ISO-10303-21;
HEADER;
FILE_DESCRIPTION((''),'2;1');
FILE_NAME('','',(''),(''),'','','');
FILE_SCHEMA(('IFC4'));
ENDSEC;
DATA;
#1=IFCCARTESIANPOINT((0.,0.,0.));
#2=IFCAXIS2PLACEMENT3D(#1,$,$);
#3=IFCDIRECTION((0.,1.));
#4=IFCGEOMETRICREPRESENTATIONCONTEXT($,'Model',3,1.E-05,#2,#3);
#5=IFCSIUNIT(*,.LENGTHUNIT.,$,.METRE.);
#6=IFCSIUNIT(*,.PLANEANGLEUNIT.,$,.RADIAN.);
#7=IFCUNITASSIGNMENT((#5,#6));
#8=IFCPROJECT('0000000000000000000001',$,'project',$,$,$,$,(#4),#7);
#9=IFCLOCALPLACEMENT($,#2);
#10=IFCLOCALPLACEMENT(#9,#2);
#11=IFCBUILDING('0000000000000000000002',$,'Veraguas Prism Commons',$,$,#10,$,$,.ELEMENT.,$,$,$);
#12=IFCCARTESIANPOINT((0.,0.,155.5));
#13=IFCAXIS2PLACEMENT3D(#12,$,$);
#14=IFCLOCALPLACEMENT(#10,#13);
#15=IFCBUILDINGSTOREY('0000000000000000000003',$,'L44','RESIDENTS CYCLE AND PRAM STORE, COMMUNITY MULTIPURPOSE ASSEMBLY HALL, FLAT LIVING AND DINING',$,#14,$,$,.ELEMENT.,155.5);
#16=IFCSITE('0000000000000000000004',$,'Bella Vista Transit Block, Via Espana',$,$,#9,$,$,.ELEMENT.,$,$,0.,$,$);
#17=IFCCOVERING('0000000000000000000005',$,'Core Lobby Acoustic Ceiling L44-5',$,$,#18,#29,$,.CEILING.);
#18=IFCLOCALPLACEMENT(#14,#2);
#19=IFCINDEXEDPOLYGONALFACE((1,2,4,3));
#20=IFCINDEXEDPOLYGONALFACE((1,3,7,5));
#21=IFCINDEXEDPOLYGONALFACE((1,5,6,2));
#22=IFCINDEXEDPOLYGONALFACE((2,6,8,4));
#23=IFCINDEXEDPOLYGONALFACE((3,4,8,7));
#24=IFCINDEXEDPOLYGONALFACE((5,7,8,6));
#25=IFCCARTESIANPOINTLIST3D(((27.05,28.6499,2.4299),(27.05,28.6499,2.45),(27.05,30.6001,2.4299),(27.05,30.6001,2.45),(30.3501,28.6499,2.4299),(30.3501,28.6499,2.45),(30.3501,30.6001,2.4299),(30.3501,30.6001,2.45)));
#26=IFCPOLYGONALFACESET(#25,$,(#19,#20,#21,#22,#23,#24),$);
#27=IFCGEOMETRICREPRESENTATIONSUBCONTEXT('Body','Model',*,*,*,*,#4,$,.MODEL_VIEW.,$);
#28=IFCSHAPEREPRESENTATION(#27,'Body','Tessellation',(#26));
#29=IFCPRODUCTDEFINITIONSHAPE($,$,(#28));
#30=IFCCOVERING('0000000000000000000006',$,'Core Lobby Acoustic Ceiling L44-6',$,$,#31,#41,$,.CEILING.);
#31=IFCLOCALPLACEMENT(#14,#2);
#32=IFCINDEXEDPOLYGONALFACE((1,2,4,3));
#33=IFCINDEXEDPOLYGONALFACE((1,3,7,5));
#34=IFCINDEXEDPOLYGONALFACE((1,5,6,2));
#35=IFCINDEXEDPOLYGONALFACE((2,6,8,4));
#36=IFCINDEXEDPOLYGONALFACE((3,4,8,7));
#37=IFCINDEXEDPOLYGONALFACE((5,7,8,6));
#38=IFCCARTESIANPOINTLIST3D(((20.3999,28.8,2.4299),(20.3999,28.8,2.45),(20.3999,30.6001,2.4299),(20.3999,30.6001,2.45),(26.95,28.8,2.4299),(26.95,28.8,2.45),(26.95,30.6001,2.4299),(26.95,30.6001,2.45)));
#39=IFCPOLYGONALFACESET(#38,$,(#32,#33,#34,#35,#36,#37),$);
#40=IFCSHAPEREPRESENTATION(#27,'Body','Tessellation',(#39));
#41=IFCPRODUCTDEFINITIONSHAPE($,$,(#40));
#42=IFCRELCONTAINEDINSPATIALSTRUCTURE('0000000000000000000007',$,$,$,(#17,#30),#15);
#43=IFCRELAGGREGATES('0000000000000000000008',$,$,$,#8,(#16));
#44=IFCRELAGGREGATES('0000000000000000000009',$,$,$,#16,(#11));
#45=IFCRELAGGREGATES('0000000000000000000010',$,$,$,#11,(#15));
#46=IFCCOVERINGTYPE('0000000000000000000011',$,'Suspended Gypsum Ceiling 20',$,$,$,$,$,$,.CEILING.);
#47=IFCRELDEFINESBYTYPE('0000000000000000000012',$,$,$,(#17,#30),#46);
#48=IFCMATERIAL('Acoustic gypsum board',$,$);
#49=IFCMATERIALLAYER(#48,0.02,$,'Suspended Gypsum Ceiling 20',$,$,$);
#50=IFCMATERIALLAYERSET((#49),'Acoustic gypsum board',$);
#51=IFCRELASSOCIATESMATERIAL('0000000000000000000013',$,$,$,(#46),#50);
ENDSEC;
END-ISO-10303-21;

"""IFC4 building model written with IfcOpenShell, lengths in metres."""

from ifc_helpers import new_model, si_unit, direction, frame, origin, place, context, subcontext, project, spatial, polyline, outline, extrude, material, layer, layer_set, type_object, element, save


model = new_model("IFC4")

# Units and contexts
model_context = context("Model", 3, precision=1e-05, world=origin(), true_north=direction((0.0, 1.0)))
body_context = subcontext(model_context, "Body", "Model", "MODEL_VIEW")
ifc_project = project(units=[si_unit("LENGTHUNIT", "METRE"), si_unit("PLANEANGLEUNIT", "RADIAN")], contexts=[model_context])

# Site, building, storey
site_placement = place(None, origin())
site = spatial("IfcSite", under=ifc_project, at=site_placement, Name="Bella Vista Transit Block, Via Espana", CompositionType="ELEMENT", RefElevation=0.0)
building_placement = place(site_placement, origin())
building = spatial("IfcBuilding", under=site, at=building_placement, Name="Veraguas Prism Commons", CompositionType="ELEMENT")
storey_placement = place(building_placement, frame((0.0, 0.0, 155.5)))
storey = spatial("IfcBuildingStorey", under=building, at=storey_placement, Name="L44", Description="RESIDENTS CYCLE AND PRAM STORE, COMMUNITY MULTIPURPOSE ASSEMBLY HALL, FLAT LIVING AND DINING", CompositionType="ELEMENT", Elevation=155.5)

# Coverings
ifc_material_1 = material(Name="Acoustic gypsum board")
ifc_layer_1 = layer(ifc_material_1, 0.02, Name="Suspended Gypsum Ceiling 20")
ifc_layer_set_1 = layer_set([ifc_layer_1], Name="Acoustic gypsum board")
covering_type_1 = type_object("IfcCoveringType", Name="Suspended Gypsum Ceiling 20", PredefinedType="CEILING", material=ifc_layer_set_1)
covering_1_placement = place(storey_placement, frame((0.0, 0.0, 2.4299)))
element("IfcCovering", 1, at=covering_1_placement, inside=storey, type_object=covering_type_1, Name="Core Lobby Acoustic Ceiling L44-5", PredefinedType="CEILING", context=body_context, shape_type="SweptSolid", body=[
    extrude(outline(polyline([(27.05, 28.6499), (30.3501, 28.6499), (30.3501, 30.6001), (27.05, 30.6001), (27.05, 28.6499)])), origin(), (0.0, 0.0, 1.0), 0.02),
])
covering_2_placement = place(storey_placement, frame((0.0, 0.0, 2.4299)))
element("IfcCovering", 2, at=covering_2_placement, inside=storey, type_object=covering_type_1, Name="Core Lobby Acoustic Ceiling L44-6", PredefinedType="CEILING", context=body_context, shape_type="SweptSolid", body=[
    extrude(outline(polyline([(20.3999, 28.8), (26.95, 28.8), (26.95, 30.6001), (20.3999, 30.6001), (20.3999, 28.8)])), origin(), (0.0, 0.0, 1.0), 0.02),
])

save(model, "model.ifc")
